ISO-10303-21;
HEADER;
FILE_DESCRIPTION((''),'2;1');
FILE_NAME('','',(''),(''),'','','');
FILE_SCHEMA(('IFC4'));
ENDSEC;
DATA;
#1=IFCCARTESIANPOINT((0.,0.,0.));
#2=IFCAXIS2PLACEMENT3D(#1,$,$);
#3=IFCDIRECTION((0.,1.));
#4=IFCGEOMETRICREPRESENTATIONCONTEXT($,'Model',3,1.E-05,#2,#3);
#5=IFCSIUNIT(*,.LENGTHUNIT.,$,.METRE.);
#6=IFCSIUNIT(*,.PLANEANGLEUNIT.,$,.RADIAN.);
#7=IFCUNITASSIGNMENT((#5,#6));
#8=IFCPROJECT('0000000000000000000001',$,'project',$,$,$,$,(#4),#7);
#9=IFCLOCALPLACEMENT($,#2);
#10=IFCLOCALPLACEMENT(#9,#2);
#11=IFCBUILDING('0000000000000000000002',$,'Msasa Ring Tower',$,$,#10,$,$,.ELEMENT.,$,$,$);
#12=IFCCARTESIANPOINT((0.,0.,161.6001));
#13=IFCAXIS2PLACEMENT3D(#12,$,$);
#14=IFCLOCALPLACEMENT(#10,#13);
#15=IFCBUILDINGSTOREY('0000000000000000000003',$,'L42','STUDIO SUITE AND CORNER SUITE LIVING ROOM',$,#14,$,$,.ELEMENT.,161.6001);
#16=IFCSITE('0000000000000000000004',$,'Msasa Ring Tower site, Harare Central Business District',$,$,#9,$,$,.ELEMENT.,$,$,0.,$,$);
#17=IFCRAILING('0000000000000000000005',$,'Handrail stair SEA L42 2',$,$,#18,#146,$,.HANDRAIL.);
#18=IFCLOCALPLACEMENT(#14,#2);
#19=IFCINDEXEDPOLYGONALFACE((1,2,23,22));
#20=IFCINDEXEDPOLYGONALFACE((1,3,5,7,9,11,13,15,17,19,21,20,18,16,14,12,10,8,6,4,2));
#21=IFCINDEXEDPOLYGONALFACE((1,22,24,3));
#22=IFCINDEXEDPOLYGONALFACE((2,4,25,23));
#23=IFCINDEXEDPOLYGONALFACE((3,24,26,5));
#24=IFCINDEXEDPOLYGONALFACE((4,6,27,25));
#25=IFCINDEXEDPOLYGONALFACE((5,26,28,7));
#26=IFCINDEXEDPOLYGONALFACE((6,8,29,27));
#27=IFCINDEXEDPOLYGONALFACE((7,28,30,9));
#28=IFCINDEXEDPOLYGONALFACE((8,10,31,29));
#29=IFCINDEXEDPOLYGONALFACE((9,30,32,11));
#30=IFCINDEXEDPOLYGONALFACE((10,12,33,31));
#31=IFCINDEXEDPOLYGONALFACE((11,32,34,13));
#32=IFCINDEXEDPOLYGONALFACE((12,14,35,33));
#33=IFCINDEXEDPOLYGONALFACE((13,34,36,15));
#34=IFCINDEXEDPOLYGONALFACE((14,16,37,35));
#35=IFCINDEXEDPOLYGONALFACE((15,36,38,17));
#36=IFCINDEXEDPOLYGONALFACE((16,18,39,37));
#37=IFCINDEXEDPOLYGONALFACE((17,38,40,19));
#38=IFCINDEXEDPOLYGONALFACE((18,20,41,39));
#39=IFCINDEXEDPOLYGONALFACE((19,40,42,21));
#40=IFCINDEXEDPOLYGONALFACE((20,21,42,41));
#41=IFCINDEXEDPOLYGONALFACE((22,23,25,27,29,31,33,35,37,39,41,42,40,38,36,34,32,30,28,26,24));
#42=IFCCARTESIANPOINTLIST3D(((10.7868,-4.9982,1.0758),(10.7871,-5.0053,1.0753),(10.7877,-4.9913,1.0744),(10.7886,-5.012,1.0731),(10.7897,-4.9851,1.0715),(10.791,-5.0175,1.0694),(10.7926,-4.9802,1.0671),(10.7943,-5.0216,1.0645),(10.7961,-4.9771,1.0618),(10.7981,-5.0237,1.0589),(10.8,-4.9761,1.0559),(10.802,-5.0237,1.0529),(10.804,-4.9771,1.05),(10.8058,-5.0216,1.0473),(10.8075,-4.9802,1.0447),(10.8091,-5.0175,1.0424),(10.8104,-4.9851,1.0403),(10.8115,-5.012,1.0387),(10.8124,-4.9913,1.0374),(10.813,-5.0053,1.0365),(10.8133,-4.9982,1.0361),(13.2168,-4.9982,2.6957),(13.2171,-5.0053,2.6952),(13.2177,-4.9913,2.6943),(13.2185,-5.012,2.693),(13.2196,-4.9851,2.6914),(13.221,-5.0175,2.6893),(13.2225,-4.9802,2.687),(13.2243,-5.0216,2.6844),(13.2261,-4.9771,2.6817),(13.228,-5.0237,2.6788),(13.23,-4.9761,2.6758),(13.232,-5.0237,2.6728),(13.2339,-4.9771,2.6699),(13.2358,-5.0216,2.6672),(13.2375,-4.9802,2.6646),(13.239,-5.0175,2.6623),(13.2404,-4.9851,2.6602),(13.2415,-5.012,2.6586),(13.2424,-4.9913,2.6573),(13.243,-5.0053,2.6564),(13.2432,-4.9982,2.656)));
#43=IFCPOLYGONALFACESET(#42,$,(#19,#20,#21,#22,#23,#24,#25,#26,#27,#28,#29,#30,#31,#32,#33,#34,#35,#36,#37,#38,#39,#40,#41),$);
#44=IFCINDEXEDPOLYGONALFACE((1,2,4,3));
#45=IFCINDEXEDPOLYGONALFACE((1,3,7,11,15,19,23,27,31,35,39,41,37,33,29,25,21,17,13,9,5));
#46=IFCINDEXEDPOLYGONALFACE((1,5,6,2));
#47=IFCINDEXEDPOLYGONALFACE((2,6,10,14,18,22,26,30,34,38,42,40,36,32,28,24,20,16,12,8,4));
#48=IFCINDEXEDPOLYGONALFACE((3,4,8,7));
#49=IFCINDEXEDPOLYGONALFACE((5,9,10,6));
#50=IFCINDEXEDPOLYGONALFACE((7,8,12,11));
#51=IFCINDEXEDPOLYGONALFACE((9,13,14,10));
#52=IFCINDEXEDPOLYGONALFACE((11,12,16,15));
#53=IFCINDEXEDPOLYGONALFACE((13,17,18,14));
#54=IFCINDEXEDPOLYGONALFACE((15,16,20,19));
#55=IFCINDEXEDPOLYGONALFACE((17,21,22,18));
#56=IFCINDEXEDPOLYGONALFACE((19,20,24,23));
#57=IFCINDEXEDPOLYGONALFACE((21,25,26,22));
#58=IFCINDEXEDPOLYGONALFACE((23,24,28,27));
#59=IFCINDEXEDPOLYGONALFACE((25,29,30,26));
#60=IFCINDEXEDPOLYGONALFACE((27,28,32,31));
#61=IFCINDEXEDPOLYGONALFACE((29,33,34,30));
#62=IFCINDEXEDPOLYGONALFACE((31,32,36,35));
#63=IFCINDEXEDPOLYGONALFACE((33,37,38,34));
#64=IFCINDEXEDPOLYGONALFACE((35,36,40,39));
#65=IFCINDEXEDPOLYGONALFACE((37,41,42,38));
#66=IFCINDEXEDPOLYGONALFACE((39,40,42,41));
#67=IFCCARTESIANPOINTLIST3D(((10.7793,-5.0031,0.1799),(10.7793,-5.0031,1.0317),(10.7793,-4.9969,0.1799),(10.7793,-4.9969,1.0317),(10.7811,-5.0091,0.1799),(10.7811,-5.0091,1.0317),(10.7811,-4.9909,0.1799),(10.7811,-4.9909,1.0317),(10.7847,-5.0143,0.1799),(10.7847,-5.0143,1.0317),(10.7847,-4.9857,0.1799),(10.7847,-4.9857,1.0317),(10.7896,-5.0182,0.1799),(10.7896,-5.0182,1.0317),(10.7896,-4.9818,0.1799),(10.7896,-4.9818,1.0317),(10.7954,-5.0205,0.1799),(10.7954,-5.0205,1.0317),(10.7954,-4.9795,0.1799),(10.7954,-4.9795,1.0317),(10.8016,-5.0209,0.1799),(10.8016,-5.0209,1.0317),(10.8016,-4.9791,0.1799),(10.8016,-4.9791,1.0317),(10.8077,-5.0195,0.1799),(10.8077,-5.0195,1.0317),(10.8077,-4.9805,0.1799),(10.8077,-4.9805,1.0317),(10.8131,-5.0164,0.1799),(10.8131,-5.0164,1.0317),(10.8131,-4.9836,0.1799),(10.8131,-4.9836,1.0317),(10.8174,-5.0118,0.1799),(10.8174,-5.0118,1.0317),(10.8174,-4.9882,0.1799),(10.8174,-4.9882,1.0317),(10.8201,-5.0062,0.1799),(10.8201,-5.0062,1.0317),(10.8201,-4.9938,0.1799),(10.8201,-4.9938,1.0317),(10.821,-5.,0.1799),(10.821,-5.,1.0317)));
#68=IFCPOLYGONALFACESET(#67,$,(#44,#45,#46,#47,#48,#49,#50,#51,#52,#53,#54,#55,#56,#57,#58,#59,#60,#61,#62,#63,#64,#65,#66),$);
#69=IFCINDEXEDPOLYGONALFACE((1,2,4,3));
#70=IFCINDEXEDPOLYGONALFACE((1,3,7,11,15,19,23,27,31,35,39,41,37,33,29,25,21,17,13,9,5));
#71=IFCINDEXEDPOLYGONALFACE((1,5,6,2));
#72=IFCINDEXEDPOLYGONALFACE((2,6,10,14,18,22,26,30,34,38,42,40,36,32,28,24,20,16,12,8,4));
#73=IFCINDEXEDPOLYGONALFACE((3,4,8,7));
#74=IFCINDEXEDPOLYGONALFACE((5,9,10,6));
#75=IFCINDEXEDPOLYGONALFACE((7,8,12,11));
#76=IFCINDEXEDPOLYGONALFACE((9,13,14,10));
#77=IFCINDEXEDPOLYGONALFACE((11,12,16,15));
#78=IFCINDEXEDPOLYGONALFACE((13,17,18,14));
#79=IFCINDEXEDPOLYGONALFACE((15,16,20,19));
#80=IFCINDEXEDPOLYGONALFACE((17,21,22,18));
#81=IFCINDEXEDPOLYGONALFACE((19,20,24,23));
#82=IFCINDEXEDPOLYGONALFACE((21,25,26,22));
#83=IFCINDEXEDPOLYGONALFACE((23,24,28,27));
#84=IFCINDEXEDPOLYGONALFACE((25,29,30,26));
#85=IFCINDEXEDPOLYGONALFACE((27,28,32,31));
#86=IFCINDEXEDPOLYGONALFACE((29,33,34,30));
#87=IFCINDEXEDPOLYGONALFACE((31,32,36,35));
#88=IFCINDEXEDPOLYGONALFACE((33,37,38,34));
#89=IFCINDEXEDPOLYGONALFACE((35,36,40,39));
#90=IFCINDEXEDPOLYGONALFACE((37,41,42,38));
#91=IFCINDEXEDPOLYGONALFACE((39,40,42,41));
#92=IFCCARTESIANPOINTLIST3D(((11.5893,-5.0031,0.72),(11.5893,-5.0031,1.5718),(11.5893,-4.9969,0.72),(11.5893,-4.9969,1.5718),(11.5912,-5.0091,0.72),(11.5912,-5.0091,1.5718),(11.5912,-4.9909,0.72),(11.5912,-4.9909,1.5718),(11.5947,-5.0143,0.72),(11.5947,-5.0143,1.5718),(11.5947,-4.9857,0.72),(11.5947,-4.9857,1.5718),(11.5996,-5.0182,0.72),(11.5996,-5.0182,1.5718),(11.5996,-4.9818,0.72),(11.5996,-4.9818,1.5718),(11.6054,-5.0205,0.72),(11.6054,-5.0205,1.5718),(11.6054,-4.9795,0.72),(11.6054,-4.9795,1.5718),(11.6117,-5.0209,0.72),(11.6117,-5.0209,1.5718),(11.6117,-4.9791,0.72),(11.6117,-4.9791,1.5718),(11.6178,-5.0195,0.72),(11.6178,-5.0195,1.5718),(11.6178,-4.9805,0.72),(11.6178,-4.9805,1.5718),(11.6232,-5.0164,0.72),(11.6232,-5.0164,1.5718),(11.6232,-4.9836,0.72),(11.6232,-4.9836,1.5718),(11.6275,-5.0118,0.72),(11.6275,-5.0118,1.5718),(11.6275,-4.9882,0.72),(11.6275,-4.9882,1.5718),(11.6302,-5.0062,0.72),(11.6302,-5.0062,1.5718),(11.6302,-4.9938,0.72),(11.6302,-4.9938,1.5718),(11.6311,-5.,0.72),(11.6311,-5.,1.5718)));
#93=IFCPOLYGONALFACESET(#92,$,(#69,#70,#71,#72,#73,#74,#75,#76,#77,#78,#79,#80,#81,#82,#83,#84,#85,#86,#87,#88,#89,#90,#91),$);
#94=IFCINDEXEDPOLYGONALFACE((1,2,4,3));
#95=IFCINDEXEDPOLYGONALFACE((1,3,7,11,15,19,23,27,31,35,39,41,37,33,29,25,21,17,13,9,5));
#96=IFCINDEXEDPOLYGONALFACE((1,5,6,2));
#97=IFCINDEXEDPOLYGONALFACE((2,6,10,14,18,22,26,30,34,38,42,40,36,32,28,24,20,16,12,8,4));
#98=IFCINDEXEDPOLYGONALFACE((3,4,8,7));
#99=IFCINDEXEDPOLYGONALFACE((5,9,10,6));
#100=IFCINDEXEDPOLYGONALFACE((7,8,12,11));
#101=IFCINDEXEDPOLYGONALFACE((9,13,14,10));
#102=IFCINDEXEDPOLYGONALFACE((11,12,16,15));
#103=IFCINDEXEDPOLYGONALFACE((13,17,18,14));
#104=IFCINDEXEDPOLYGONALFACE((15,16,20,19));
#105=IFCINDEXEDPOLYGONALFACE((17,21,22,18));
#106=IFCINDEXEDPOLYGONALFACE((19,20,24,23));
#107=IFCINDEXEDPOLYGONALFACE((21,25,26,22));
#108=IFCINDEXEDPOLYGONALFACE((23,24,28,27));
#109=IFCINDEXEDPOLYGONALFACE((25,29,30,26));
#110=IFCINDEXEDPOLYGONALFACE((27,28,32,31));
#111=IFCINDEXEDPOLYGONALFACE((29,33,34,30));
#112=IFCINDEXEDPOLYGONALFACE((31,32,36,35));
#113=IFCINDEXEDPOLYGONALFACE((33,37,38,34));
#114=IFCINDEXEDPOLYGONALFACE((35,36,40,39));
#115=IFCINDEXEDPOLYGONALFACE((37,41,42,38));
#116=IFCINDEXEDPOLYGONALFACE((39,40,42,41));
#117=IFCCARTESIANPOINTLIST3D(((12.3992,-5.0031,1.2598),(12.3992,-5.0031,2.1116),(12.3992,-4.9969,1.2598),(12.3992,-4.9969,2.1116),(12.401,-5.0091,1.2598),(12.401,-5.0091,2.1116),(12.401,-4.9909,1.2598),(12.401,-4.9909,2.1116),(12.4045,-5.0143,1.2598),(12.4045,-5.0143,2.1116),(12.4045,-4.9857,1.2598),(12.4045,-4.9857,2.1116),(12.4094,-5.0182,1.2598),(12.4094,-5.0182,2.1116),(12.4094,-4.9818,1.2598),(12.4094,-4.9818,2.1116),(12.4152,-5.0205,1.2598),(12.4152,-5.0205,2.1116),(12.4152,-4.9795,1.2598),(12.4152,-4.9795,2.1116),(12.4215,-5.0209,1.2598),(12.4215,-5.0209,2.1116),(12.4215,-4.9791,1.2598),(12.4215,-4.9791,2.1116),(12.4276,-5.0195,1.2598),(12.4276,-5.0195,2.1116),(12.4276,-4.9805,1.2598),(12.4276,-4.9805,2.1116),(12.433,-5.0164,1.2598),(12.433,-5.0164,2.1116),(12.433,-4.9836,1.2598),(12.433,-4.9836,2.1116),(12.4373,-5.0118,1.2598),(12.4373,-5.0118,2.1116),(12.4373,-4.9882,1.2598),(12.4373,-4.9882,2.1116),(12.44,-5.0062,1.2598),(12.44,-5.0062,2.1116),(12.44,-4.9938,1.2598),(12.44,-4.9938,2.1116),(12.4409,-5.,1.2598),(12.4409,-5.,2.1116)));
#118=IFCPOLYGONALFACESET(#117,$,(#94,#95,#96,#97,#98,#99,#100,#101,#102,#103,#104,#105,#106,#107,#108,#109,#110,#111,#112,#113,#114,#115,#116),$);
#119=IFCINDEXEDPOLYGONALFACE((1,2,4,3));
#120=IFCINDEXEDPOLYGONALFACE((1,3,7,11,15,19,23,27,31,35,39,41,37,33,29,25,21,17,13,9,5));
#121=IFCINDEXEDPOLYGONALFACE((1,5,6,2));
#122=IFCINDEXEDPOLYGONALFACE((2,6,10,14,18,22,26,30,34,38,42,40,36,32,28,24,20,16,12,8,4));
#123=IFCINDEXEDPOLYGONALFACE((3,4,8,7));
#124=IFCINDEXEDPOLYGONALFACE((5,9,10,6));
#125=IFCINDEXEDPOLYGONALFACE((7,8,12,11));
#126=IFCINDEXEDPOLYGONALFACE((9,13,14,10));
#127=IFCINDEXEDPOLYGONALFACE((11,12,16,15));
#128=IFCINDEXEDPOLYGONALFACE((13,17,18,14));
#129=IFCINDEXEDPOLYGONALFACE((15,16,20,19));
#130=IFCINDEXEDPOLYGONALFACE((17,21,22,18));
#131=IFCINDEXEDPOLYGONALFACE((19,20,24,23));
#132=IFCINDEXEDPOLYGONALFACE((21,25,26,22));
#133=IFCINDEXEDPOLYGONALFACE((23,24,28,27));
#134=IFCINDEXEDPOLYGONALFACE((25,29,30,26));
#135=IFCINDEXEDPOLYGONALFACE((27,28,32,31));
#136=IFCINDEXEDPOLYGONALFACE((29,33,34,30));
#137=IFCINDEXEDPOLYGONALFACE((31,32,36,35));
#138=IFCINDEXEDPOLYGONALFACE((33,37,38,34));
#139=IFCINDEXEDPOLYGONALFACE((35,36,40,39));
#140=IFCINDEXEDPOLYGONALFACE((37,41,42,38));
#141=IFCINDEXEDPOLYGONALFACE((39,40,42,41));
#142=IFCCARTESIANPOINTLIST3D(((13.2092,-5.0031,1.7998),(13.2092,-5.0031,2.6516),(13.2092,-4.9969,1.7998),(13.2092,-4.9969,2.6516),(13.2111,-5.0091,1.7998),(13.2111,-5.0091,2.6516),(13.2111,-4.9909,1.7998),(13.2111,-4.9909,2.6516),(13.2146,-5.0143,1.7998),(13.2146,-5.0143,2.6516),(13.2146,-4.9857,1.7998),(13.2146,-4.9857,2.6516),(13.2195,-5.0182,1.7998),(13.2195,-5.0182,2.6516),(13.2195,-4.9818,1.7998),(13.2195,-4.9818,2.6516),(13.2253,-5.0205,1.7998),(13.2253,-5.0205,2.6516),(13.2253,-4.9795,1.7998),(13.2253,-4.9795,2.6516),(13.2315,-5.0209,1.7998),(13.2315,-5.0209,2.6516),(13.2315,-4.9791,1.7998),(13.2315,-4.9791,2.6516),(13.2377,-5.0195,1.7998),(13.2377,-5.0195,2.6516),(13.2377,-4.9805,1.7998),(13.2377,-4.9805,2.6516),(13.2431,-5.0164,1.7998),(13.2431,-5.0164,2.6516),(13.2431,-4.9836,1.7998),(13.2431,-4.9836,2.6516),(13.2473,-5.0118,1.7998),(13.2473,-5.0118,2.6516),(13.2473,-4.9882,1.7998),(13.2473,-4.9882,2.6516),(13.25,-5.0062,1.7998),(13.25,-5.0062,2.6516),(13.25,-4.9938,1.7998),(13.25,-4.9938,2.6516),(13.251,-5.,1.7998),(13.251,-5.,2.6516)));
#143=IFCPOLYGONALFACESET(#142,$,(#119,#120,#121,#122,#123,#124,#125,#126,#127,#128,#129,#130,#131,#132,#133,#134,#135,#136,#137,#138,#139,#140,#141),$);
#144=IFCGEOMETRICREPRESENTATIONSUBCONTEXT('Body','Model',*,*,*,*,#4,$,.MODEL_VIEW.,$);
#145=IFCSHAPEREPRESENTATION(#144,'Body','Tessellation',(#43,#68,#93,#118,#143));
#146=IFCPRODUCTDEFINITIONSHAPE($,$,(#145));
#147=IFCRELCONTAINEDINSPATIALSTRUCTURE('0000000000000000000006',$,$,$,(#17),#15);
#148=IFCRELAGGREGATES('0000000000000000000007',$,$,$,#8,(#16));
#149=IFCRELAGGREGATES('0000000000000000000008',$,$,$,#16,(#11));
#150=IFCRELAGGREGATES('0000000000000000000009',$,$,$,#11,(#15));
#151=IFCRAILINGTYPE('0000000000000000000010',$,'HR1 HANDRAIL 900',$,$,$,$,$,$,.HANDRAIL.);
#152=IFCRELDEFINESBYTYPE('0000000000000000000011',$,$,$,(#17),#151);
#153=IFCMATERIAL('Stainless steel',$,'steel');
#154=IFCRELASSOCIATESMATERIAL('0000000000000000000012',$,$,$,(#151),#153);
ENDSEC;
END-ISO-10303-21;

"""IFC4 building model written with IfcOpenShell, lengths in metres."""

from ifc_helpers import new_model, si_unit, direction, frame, origin, origin_2d, place, context, subcontext, project, spatial, circle, extrude, material, type_object, element, save


model = new_model("IFC4")

# Units and contexts
model_context = context("Model", 3, precision=1e-05, world=origin(), true_north=direction((0.0, 1.0)))
body_context = subcontext(model_context, "Body", "Model", "MODEL_VIEW")
ifc_project = project(units=[si_unit("LENGTHUNIT", "METRE"), si_unit("PLANEANGLEUNIT", "RADIAN")], contexts=[model_context])

# Site, building, storey
site_placement = place(None, origin())
site = spatial("IfcSite", under=ifc_project, at=site_placement, Name="Msasa Ring Tower site, Harare Central Business District", CompositionType="ELEMENT", RefElevation=0.0)
building_placement = place(site_placement, origin())
building = spatial("IfcBuilding", under=site, at=building_placement, Name="Msasa Ring Tower", CompositionType="ELEMENT")
storey_placement = place(building_placement, frame((0.0, 0.0, 161.6001)))
storey = spatial("IfcBuildingStorey", under=building, at=storey_placement, Name="L42", Description="STUDIO SUITE AND CORNER SUITE LIVING ROOM", CompositionType="ELEMENT", Elevation=161.6001)

# Railing
ifc_material_1 = material(Name="Stainless steel", Category="steel")
railing_type = type_object("IfcRailingType", Name="HR1 HANDRAIL 900", PredefinedType="HANDRAIL", material=ifc_material_1)
for number, where, name in (
    (1, (10.8, -5.0, 0.1799), "Handrail stair SEA L42 2"),
):
    element("IfcRailing", number, at=place(storey_placement, frame(where)), inside=storey, type_object=railing_type, Name=name, PredefinedType="HANDRAIL", context=body_context, shape_type="SweptSolid", body=[
        extrude(circle(Radius=0.0239, at=origin_2d()), frame((0.0, 0.0, 0.876), z_axis=(0.832063, 0.0, 0.554681), x_axis=(0.0, 1.0, 0.0)), (0.0, 0.0, 1.0), 2.9204),
        extrude(circle(Radius=0.021, at=origin_2d()), origin(), (0.0, 0.0, 1.0), 0.8518),
        extrude(circle(Radius=0.021, at=origin_2d()), frame((0.8101, 0.0, 0.54)), (0.0, 0.0, 1.0), 0.8518),
        extrude(circle(Radius=0.021, at=origin_2d()), frame((1.6199, 0.0, 1.0798)), (0.0, 0.0, 1.0), 0.8518),
        extrude(circle(Radius=0.021, at=origin_2d()), frame((2.4299, 0.0, 1.6199)), (0.0, 0.0, 1.0), 0.8518),
    ])

save(model, "model.ifc")
